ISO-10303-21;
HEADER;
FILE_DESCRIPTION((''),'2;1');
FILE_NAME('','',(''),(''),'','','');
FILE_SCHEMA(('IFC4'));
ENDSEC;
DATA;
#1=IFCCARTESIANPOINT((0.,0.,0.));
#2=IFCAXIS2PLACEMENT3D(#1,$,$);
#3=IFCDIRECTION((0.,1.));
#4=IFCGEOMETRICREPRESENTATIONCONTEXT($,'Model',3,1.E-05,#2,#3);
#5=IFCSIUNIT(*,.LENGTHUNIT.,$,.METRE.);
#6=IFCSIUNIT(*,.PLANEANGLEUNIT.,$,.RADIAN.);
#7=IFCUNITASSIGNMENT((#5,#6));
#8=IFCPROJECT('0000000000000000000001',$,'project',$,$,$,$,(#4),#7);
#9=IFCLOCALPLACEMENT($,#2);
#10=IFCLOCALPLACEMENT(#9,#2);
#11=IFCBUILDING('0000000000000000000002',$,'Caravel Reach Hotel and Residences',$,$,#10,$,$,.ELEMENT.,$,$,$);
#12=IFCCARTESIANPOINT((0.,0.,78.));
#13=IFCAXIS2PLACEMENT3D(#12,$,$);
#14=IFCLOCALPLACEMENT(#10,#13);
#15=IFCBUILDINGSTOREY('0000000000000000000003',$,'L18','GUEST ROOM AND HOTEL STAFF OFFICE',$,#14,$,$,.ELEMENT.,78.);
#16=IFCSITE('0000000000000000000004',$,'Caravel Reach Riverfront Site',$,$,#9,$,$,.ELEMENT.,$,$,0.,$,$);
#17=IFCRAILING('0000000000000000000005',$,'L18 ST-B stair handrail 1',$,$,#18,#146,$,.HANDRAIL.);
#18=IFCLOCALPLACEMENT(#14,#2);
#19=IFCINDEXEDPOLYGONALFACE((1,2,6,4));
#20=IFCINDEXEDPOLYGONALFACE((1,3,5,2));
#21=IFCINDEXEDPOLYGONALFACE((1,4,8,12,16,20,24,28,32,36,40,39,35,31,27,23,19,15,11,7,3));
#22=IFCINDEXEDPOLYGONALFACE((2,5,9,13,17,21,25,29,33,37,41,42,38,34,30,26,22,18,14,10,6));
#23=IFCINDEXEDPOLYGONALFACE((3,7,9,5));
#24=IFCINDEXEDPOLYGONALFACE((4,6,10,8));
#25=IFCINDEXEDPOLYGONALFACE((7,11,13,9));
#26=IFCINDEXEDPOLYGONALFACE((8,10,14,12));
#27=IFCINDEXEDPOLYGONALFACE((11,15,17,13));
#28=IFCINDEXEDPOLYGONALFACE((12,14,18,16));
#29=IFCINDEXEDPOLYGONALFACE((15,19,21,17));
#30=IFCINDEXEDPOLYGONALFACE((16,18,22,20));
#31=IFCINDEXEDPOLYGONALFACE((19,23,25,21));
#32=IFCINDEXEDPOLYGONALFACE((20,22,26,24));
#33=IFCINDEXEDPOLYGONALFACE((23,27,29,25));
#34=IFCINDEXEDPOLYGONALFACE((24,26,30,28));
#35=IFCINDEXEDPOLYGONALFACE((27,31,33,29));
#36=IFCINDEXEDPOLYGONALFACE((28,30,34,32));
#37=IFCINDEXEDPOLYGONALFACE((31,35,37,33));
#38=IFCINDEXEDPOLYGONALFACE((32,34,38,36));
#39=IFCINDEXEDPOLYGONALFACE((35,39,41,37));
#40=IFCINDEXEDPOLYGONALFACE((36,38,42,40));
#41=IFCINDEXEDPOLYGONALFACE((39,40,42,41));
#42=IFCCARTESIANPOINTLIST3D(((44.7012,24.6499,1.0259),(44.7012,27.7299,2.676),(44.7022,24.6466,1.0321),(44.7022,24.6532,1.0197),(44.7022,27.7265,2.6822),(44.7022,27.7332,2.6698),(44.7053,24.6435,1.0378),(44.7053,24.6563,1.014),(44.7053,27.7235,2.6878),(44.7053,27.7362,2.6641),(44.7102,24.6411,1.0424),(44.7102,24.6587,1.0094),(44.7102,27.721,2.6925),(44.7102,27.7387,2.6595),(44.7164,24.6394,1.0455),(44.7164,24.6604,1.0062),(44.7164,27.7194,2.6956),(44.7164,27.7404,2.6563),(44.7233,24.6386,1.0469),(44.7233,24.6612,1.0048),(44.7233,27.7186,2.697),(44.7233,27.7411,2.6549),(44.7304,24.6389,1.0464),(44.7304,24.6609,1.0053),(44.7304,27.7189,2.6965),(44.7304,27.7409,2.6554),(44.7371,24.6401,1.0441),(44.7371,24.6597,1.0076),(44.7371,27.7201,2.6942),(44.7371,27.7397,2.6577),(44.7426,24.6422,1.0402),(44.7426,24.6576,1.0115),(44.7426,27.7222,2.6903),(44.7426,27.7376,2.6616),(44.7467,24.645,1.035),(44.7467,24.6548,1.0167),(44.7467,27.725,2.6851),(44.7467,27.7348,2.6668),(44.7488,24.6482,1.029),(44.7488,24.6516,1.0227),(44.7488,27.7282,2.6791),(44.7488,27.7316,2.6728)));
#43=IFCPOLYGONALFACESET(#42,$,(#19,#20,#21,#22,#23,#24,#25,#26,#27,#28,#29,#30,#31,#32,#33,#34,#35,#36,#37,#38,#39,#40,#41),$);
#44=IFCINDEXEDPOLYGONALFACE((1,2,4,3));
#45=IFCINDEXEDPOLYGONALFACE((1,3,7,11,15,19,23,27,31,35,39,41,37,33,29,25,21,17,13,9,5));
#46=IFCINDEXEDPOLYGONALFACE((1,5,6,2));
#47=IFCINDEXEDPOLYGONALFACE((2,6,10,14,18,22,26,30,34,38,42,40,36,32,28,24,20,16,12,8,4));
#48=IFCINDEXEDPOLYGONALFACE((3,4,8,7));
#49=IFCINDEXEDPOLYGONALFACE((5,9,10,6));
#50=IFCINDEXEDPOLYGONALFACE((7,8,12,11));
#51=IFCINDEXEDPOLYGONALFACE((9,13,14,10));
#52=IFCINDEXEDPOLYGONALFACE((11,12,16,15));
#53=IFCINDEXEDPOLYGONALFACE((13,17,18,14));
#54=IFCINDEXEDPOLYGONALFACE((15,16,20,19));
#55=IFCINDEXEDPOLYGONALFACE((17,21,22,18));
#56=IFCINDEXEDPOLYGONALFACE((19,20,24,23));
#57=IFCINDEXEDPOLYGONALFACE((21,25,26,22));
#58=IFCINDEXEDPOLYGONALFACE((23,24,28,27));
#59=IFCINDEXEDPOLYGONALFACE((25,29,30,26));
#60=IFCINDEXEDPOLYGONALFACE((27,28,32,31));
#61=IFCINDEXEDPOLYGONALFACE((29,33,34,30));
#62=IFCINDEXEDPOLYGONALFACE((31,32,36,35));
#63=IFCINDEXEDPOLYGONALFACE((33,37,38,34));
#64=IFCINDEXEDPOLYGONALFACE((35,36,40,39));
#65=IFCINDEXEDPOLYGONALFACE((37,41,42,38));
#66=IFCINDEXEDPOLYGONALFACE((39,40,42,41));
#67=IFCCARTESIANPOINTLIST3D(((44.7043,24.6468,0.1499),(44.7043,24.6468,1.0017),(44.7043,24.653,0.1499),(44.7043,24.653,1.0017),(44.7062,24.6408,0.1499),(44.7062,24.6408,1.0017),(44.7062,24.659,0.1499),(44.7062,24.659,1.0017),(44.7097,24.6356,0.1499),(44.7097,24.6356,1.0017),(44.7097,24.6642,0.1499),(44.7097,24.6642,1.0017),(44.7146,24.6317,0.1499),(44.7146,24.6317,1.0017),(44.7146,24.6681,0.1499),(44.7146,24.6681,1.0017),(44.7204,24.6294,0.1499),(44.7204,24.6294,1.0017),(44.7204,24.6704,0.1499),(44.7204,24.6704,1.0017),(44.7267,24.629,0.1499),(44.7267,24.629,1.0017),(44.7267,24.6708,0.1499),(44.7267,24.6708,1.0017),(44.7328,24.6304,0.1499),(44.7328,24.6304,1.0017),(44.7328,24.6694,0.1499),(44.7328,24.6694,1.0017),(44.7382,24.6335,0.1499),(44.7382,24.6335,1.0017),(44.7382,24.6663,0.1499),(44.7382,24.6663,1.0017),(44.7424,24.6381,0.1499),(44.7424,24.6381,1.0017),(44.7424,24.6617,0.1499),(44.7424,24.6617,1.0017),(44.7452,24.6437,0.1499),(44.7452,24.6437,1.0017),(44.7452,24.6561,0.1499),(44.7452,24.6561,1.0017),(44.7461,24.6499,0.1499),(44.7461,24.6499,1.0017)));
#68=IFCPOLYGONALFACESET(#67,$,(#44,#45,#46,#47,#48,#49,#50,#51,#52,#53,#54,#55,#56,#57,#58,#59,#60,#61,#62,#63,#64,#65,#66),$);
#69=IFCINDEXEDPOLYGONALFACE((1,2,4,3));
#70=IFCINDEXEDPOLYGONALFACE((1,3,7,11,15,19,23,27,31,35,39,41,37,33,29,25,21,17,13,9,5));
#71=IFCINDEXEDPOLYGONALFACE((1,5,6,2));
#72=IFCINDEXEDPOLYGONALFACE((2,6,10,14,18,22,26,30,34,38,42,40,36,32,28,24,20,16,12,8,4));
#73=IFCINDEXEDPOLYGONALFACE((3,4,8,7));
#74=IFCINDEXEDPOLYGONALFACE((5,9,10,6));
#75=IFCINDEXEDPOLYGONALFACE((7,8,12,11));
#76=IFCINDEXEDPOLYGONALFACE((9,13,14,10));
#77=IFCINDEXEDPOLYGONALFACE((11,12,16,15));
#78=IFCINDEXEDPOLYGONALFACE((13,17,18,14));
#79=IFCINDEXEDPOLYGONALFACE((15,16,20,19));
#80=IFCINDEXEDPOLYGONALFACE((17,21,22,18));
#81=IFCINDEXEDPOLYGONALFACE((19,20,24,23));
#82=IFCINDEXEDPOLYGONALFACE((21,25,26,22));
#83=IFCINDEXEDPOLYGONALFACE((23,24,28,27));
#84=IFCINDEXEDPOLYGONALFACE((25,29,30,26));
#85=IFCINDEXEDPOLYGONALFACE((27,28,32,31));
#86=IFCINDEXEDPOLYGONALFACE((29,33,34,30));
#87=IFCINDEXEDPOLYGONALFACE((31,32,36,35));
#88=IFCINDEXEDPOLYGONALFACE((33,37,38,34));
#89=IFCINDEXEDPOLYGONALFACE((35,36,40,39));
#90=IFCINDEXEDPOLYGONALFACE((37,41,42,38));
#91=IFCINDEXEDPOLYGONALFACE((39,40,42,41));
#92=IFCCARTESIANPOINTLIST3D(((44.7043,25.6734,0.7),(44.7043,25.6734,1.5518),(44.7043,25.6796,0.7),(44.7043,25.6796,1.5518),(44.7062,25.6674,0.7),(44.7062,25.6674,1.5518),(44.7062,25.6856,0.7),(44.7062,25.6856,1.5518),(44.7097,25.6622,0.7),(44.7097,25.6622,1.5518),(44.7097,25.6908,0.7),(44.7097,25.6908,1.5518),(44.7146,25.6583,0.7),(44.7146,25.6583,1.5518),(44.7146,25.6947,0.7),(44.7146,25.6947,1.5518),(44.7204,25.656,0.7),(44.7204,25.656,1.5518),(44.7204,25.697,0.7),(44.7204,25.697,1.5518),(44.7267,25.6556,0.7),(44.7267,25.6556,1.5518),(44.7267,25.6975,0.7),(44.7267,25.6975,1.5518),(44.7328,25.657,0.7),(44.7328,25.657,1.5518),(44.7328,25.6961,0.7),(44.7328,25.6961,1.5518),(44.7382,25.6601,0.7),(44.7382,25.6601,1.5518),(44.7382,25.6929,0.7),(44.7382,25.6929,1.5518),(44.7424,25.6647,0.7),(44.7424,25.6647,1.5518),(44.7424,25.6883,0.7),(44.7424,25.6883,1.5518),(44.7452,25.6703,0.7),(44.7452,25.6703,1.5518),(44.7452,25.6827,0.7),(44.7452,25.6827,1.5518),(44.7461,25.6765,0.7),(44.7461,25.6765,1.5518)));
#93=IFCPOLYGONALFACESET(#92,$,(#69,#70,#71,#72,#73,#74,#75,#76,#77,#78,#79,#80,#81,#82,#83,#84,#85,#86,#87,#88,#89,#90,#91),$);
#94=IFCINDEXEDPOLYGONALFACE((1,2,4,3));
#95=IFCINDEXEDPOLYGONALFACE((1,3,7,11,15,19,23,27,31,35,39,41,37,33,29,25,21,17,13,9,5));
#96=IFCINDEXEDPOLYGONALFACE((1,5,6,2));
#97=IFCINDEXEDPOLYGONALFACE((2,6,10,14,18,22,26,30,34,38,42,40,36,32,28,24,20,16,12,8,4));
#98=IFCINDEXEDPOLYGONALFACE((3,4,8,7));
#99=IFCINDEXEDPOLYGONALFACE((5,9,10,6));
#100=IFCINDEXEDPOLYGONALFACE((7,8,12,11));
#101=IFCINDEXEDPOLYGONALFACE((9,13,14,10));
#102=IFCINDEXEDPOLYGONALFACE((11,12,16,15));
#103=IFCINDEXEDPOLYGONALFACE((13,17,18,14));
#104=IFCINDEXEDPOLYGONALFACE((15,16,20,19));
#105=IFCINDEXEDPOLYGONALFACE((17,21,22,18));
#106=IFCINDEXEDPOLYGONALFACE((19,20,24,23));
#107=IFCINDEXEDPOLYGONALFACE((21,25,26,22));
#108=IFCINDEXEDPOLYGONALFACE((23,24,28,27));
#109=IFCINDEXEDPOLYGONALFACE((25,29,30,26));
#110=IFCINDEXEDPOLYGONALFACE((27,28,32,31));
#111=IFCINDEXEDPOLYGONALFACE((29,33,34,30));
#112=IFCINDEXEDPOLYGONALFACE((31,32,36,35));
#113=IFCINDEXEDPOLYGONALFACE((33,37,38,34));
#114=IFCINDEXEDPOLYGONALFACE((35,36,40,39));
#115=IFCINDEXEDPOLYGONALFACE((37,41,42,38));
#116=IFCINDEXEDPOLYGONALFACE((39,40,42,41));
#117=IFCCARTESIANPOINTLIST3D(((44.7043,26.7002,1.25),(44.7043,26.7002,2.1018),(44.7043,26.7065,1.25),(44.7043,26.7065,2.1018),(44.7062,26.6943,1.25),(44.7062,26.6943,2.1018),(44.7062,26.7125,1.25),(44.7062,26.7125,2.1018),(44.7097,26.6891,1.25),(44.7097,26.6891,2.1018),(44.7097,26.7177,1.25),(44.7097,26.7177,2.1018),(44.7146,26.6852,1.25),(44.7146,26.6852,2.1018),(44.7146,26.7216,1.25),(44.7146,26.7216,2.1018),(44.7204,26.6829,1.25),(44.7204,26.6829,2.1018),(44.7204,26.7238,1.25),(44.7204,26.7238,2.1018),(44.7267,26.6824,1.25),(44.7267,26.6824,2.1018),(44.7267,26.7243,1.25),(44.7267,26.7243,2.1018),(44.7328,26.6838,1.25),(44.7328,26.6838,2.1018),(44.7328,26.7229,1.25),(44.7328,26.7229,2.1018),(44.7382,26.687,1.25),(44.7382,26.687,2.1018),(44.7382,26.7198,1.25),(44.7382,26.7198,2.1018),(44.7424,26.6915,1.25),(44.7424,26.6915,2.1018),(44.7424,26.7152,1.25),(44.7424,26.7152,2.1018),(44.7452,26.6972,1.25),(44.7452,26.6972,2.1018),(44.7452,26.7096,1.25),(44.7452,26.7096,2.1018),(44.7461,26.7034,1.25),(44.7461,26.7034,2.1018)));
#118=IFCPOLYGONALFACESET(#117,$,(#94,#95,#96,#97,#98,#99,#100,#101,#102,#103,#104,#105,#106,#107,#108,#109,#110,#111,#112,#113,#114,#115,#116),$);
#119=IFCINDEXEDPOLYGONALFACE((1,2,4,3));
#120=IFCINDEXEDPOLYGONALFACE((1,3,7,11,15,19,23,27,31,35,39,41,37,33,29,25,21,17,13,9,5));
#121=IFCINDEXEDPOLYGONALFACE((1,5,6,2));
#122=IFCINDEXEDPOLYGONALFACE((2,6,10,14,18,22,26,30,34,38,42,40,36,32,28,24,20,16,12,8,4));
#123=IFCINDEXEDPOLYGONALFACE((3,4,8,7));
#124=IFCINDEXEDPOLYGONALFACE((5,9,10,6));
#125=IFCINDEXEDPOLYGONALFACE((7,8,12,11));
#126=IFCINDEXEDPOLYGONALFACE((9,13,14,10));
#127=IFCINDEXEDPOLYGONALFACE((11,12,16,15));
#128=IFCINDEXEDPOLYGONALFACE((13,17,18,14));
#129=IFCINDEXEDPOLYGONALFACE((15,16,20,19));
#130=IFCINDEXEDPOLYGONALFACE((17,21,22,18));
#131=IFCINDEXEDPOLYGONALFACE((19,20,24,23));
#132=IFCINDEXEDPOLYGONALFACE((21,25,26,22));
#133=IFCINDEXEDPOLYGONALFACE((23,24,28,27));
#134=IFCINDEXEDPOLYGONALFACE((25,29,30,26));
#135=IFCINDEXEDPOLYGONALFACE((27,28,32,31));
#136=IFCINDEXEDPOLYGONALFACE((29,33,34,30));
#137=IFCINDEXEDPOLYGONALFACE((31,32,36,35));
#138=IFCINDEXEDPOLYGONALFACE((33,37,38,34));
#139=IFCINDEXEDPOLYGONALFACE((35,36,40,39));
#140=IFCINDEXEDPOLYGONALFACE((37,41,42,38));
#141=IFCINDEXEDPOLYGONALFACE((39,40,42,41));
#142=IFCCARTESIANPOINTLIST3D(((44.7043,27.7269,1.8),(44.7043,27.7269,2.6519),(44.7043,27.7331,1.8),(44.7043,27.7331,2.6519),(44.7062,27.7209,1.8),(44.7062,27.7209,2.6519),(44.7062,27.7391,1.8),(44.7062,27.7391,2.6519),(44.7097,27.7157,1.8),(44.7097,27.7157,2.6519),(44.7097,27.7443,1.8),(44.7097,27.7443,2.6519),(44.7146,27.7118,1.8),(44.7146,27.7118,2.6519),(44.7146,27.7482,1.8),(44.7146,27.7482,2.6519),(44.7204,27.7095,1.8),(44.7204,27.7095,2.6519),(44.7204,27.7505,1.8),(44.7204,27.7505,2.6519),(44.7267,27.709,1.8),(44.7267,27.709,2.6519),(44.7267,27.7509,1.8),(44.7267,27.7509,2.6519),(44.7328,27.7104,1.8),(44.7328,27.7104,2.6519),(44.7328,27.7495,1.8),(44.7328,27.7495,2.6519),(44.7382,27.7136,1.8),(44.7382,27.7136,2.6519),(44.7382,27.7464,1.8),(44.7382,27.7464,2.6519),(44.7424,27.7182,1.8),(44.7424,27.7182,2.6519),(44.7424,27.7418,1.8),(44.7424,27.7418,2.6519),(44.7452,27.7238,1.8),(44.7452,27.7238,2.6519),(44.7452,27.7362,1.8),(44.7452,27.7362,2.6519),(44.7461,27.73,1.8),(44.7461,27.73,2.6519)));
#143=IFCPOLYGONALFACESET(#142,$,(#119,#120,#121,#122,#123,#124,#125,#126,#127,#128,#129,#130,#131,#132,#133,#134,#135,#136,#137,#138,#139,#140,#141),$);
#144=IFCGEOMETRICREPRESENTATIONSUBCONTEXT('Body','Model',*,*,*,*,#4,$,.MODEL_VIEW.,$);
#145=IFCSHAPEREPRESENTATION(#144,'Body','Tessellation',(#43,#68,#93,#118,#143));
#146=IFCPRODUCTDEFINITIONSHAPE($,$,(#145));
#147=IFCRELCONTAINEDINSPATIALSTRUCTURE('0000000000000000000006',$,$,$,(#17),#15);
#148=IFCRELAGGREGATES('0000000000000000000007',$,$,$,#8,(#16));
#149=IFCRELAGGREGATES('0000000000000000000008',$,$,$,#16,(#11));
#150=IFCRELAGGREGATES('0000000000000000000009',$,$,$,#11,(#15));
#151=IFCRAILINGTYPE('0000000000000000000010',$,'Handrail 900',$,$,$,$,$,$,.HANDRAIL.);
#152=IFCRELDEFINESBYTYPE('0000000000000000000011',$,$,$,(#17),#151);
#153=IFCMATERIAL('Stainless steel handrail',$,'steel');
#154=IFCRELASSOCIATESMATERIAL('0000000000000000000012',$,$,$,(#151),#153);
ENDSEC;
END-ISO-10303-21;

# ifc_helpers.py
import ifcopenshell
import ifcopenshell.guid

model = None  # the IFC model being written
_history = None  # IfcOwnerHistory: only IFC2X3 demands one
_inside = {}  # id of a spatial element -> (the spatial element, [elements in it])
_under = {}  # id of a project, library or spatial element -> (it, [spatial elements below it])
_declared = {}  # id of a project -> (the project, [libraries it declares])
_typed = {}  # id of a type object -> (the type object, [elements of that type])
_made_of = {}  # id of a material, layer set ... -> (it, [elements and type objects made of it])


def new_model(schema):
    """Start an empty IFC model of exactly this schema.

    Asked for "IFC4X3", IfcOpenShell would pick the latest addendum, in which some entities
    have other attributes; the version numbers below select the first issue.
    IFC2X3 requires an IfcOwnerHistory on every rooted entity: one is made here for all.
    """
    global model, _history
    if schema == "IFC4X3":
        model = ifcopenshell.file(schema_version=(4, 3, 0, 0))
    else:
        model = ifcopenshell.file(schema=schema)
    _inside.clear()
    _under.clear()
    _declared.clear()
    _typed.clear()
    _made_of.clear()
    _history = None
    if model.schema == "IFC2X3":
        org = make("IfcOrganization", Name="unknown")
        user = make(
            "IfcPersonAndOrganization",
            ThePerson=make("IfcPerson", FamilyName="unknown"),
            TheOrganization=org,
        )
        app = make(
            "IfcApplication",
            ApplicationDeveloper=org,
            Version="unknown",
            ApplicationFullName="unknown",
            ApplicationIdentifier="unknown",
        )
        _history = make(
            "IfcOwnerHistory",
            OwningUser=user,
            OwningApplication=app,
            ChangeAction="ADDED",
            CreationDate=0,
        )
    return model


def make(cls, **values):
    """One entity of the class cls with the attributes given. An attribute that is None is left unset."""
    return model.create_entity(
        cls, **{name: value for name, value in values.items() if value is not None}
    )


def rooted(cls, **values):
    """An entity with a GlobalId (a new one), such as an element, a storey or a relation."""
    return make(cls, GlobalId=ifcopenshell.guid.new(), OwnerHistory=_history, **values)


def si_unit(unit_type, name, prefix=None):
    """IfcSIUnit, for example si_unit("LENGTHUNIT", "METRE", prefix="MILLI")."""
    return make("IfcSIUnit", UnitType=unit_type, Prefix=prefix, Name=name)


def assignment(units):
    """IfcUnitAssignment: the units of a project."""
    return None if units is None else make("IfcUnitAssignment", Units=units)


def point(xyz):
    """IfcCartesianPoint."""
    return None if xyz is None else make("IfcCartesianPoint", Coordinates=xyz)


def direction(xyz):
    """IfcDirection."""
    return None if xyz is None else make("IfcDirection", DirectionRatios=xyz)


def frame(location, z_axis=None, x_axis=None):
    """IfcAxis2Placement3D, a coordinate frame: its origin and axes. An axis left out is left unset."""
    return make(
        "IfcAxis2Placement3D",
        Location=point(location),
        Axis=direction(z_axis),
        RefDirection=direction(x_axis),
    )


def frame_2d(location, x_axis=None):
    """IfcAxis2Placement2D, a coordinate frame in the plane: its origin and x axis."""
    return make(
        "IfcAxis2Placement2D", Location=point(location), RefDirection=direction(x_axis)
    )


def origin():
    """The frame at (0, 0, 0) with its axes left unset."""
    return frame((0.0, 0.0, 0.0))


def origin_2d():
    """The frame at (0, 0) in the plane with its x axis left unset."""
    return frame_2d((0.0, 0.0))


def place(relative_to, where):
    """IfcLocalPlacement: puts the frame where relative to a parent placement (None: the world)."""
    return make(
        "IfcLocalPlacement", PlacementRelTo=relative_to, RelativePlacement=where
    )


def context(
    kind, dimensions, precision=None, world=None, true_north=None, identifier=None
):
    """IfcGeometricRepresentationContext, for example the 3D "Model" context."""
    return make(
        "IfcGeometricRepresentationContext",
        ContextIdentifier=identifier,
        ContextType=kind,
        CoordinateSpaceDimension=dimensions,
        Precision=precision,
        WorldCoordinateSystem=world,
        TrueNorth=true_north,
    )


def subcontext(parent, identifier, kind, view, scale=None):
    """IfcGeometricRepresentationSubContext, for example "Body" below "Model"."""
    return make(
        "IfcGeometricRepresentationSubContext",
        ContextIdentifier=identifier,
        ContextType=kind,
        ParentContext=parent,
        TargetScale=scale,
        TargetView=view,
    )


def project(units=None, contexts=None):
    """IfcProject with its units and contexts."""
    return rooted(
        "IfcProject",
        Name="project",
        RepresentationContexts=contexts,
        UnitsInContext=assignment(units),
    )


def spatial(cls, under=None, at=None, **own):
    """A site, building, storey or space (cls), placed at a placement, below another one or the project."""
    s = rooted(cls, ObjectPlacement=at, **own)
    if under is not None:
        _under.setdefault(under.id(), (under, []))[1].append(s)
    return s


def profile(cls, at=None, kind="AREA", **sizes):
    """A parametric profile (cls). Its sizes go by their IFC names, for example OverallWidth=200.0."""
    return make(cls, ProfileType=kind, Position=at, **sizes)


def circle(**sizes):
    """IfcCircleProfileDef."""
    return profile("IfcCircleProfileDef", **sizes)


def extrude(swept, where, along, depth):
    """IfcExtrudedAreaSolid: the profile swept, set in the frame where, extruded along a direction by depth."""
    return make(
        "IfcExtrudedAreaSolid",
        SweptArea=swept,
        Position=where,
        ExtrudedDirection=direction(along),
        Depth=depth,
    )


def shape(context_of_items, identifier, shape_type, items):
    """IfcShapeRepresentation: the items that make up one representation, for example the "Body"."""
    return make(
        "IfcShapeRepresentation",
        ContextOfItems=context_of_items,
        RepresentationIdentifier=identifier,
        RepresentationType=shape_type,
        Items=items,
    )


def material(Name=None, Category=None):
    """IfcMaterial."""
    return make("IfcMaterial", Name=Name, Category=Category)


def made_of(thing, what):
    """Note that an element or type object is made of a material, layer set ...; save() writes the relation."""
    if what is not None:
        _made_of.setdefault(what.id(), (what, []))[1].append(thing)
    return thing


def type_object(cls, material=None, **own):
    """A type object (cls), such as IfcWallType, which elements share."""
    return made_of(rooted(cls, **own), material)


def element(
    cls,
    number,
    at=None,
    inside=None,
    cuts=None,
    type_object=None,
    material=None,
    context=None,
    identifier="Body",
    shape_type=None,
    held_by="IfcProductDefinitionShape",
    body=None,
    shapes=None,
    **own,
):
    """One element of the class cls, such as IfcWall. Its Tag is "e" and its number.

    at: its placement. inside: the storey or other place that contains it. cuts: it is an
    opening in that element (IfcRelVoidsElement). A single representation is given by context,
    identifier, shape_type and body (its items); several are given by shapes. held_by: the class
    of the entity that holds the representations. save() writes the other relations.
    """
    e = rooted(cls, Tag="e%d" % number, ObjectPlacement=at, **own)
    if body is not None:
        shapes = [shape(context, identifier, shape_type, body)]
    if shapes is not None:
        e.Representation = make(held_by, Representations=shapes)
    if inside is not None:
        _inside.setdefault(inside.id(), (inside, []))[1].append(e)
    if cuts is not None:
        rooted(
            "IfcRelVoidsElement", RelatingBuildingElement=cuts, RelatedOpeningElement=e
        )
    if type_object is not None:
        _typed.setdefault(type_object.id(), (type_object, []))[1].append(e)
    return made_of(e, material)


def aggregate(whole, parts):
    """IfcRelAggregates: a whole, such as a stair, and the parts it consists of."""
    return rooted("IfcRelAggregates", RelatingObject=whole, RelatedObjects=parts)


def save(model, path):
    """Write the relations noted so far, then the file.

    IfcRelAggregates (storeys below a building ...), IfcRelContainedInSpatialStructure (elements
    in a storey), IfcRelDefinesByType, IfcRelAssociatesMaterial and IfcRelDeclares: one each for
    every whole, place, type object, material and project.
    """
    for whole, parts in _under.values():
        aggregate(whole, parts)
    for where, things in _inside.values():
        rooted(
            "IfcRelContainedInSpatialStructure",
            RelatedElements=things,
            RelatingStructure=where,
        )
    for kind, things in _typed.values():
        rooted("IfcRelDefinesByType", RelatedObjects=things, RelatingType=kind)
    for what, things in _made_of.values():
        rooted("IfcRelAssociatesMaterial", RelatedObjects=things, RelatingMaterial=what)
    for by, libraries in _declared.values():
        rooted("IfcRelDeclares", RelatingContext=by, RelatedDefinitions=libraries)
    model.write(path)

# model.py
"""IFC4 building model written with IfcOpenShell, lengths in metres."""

from ifc_helpers import new_model, si_unit, direction, frame, origin, origin_2d, place, context, subcontext, project, spatial, circle, extrude, material, type_object, element, save


model = new_model("IFC4")

# Units and contexts
model_context = context("Model", 3, precision=1e-05, world=origin(), true_north=direction((0.0, 1.0)))
body_context = subcontext(model_context, "Body", "Model", "MODEL_VIEW")
ifc_project = project(units=[si_unit("LENGTHUNIT", "METRE"), si_unit("PLANEANGLEUNIT", "RADIAN")], contexts=[model_context])

# Site, building, storey
site_placement = place(None, origin())
site = spatial("IfcSite", under=ifc_project, at=site_placement, Name="Caravel Reach Riverfront Site", CompositionType="ELEMENT", RefElevation=0.0)
building_placement = place(site_placement, origin())
building = spatial("IfcBuilding", under=site, at=building_placement, Name="Caravel Reach Hotel and Residences", CompositionType="ELEMENT")
storey_placement = place(building_placement, frame((0.0, 0.0, 78.0)))
storey = spatial("IfcBuildingStorey", under=building, at=storey_placement, Name="L18", Description="GUEST ROOM AND HOTEL STAFF OFFICE", CompositionType="ELEMENT", Elevation=78.0)

# Railing
ifc_material_1 = material(Name="Stainless steel handrail", Category="steel")
railing_type_1 = type_object("IfcRailingType", Name="Handrail 900", PredefinedType="HANDRAIL", material=ifc_material_1)
railing_1_placement = place(storey_placement, frame((44.7251, 24.6499, 0.1499)))
element("IfcRailing", 1, at=railing_1_placement, inside=storey, type_object=railing_type_1, Name="L18 ST-B stair handrail 1", PredefinedType="HANDRAIL", context=body_context, shape_type="SweptSolid", body=[
    extrude(circle(Radius=0.0239, at=origin_2d()), frame((0.0, 0.0, 0.876), z_axis=(0.0, 0.881468, 0.472245), x_axis=(-1.0, 0.0, 0.0)), (0.0, 0.0, 1.0), 3.4941),
    extrude(circle(Radius=0.021, at=origin_2d()), origin(), (0.0, 0.0, 1.0), 0.8518),
    extrude(circle(Radius=0.021, at=origin_2d()), frame((0.0, 1.0266, 0.55)), (0.0, 0.0, 1.0), 0.8518),
    extrude(circle(Radius=0.021, at=origin_2d()), frame((0.0, 2.0535, 1.1001)), (0.0, 0.0, 1.0), 0.8518),
    extrude(circle(Radius=0.021, at=origin_2d()), frame((0.0, 3.0801, 1.6501)), (0.0, 0.0, 1.0), 0.8518),
])

save(model, "model.ifc")
